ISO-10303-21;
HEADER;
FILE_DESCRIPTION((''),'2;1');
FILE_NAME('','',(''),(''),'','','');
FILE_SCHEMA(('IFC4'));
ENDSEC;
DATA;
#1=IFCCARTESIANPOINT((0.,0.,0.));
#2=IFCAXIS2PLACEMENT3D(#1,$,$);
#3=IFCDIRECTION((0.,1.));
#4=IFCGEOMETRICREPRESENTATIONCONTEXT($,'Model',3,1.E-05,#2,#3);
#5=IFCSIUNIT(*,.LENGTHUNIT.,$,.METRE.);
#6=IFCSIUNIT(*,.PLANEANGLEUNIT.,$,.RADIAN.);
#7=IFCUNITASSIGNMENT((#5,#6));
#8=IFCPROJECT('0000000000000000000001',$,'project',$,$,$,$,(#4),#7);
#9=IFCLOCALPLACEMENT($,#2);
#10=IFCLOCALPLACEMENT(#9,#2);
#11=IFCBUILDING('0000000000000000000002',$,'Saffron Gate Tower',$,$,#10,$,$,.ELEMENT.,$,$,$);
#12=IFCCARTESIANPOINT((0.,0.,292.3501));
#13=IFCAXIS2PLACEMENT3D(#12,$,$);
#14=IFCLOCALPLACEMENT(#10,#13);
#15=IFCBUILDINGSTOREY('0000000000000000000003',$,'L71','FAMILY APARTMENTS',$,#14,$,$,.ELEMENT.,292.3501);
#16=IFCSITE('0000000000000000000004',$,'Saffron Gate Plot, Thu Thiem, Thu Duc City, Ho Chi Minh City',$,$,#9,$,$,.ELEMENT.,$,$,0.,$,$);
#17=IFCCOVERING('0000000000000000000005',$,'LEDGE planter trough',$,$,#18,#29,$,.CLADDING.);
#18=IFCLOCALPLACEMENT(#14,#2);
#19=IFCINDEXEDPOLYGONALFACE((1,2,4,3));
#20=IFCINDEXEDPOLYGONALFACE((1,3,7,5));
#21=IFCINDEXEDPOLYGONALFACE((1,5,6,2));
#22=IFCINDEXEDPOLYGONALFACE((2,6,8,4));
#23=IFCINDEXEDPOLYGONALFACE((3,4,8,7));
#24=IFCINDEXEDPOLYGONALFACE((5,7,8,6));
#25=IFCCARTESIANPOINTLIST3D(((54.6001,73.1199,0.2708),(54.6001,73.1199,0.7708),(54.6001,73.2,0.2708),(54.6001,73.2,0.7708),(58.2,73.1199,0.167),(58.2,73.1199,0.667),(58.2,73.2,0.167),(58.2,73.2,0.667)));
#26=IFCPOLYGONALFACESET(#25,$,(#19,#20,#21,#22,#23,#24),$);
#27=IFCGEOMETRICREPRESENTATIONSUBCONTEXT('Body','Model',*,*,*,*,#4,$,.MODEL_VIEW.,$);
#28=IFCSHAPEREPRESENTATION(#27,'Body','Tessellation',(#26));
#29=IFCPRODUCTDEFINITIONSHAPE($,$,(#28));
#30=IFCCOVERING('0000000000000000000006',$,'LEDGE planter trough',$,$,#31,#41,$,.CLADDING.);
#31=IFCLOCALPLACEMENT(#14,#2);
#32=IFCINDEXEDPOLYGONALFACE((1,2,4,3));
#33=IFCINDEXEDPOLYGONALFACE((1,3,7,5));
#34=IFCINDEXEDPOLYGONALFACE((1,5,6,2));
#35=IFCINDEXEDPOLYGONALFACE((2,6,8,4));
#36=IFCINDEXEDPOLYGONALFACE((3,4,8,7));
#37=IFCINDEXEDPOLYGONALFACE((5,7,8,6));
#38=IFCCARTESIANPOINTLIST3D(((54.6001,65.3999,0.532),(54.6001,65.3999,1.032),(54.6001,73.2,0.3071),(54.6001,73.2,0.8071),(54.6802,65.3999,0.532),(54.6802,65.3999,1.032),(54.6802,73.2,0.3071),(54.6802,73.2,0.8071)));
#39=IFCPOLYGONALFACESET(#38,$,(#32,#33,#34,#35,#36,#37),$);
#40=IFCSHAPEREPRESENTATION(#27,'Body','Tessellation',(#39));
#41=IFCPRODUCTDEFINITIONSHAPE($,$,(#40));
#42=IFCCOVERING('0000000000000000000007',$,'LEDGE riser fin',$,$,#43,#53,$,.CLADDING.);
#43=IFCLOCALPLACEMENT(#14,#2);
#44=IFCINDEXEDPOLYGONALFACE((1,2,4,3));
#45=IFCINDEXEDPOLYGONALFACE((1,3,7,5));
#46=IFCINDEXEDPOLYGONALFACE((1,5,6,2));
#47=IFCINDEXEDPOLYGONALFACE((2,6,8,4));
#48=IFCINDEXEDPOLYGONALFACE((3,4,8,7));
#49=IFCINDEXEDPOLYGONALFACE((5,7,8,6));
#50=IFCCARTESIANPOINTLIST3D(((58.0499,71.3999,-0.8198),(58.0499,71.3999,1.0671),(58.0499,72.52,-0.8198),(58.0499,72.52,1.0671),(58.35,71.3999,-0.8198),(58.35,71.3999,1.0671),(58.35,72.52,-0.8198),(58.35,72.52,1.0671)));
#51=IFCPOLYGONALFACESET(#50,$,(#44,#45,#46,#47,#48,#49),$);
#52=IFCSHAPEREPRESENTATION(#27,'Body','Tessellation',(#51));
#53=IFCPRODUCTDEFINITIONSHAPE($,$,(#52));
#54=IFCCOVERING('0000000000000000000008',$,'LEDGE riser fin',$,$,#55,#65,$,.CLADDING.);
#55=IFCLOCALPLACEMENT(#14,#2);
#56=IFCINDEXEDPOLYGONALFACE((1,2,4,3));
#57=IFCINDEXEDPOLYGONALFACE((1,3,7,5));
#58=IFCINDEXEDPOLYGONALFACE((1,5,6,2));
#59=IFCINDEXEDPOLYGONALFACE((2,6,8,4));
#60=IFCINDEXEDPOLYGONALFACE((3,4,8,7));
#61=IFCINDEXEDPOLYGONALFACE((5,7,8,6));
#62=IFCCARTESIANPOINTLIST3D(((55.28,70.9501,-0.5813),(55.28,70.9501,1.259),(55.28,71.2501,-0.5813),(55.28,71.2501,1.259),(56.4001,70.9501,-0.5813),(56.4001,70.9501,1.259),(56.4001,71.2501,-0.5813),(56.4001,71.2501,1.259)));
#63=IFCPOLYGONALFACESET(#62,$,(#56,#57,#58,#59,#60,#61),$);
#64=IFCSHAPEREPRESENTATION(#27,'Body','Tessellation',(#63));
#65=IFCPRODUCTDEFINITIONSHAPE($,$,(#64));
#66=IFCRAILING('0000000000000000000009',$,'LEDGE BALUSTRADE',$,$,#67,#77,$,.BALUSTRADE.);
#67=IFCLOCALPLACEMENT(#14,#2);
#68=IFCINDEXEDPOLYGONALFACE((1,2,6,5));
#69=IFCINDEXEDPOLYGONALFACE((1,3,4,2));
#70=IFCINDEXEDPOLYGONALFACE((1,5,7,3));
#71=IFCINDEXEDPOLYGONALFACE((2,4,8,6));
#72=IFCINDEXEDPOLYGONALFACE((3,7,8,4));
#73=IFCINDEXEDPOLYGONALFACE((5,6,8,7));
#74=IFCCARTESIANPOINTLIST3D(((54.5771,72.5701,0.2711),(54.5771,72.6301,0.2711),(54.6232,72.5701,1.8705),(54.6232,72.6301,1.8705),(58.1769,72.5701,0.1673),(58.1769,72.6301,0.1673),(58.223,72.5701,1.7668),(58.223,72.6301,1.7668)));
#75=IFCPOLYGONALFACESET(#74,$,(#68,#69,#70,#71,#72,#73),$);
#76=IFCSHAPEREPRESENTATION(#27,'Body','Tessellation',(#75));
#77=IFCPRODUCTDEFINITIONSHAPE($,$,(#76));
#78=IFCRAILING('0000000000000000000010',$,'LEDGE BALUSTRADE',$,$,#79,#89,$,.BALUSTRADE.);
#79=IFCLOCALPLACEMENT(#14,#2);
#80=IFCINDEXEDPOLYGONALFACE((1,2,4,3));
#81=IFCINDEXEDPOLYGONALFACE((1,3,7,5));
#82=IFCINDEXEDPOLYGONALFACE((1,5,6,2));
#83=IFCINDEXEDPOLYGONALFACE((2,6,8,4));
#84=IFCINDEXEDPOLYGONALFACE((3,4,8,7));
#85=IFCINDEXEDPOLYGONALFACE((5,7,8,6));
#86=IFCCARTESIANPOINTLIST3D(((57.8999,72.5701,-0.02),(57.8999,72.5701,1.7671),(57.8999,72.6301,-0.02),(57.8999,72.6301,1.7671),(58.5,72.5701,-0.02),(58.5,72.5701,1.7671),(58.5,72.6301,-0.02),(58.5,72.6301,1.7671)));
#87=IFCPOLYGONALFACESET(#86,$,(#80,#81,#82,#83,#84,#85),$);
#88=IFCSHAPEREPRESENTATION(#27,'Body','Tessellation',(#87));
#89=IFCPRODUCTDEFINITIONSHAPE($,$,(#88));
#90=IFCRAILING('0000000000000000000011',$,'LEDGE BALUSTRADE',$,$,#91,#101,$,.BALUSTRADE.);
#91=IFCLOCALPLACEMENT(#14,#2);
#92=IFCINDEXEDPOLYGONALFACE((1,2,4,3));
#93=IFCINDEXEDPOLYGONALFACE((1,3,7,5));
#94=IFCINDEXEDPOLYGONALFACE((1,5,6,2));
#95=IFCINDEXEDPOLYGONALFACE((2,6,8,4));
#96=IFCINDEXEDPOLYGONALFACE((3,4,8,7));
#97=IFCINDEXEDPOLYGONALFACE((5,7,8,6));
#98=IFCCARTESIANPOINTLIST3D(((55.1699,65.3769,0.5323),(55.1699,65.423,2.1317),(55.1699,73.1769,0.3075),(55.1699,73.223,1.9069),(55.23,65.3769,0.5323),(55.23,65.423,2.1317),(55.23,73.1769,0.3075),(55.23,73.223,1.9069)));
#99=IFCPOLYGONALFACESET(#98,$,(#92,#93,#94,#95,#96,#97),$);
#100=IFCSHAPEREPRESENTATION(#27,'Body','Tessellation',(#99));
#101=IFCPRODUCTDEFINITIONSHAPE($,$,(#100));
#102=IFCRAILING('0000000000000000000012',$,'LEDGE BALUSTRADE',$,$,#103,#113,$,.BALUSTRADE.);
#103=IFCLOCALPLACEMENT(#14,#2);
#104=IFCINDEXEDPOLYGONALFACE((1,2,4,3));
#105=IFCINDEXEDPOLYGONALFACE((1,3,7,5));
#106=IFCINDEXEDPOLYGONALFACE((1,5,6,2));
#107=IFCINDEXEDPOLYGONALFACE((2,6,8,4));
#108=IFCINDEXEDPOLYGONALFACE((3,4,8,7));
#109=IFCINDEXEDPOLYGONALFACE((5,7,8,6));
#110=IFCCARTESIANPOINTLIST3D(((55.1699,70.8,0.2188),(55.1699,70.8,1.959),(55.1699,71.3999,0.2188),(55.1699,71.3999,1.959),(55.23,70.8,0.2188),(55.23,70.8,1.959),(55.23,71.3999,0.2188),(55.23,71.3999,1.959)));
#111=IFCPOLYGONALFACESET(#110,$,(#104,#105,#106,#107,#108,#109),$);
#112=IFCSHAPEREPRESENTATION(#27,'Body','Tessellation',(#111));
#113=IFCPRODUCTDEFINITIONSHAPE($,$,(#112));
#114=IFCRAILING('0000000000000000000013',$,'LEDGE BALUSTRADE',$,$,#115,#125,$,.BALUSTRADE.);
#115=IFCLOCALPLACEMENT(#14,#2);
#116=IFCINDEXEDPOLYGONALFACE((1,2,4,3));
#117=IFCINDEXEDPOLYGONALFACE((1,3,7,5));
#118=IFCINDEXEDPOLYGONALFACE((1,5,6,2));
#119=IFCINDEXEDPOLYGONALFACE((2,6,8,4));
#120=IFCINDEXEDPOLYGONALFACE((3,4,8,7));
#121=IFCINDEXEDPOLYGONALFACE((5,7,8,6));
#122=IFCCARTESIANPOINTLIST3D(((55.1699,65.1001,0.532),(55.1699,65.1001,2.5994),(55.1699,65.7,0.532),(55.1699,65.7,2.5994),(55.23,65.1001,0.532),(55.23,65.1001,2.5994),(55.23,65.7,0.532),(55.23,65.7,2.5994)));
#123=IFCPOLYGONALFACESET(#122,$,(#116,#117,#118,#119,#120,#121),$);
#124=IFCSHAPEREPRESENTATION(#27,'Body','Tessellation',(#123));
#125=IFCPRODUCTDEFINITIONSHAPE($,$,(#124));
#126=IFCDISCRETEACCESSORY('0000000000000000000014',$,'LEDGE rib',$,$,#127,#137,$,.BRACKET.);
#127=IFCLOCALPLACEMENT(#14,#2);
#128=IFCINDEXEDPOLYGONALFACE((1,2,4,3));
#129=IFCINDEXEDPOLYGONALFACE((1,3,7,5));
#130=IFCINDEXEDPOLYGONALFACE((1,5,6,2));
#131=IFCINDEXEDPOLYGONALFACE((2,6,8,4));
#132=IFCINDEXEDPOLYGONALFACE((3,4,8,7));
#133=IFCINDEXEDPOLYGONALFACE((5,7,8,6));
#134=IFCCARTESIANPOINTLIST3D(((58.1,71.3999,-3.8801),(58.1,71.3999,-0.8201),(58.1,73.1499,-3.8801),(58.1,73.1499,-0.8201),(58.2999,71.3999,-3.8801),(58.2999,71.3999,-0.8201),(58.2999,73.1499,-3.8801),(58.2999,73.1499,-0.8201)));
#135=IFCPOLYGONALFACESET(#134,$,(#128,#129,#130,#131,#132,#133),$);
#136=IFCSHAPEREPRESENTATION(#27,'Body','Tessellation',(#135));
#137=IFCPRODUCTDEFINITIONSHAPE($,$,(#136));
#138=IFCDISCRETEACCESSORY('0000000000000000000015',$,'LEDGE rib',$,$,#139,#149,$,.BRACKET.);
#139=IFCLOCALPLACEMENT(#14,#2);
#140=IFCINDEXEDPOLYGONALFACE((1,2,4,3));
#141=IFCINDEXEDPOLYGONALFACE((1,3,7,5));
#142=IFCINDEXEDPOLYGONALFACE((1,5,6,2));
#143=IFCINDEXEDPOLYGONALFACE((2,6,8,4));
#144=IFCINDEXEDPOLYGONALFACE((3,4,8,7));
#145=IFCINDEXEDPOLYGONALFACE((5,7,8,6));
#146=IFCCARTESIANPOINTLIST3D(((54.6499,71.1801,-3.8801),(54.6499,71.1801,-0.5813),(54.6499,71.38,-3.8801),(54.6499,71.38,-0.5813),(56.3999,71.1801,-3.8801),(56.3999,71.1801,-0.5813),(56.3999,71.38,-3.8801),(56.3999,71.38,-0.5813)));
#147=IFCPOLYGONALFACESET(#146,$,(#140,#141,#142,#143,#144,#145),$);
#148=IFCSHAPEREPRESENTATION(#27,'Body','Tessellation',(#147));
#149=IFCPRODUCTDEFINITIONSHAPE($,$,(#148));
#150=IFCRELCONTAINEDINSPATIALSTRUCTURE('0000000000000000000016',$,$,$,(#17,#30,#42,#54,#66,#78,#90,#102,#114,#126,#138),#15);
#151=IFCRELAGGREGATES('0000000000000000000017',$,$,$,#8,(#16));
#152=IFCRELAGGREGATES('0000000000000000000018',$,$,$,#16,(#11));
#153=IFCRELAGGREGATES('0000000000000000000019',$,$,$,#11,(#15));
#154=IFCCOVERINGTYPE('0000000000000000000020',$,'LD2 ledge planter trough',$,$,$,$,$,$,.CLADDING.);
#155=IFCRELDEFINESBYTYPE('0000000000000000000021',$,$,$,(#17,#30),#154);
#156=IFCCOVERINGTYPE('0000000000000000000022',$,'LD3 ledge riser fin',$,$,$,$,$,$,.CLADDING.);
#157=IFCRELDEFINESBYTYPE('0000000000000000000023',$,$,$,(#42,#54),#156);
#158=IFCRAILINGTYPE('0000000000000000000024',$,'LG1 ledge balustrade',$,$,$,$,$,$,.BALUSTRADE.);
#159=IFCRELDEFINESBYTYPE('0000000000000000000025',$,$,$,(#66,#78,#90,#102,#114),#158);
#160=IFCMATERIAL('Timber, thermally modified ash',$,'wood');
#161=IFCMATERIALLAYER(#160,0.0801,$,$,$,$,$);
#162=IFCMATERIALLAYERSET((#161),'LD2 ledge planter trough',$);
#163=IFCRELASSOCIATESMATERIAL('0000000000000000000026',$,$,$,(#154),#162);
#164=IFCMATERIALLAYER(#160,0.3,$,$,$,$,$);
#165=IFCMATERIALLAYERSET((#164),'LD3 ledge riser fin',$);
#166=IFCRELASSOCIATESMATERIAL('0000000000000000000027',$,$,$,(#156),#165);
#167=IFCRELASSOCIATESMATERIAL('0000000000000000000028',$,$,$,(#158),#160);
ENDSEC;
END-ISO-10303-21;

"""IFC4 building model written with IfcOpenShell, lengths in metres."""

from ifc_helpers import new_model, si_unit, direction, frame, origin, origin_2d, place, context, subcontext, project, spatial, polyline, rectangle, outline, extrude, material, layer, layer_set, type_object, element, save


model = new_model("IFC4")

# Units and contexts
model_context = context("Model", 3, precision=1e-05, world=origin(), true_north=direction((0.0, 1.0)))
body_context = subcontext(model_context, "Body", "Model", "MODEL_VIEW")
ifc_project = project(units=[si_unit("LENGTHUNIT", "METRE"), si_unit("PLANEANGLEUNIT", "RADIAN")], contexts=[model_context])

# Site, building, storey
site_placement = place(None, origin())
site = spatial("IfcSite", under=ifc_project, at=site_placement, Name="Saffron Gate Plot, Thu Thiem, Thu Duc City, Ho Chi Minh City", CompositionType="ELEMENT", RefElevation=0.0)
building_placement = place(site_placement, origin())
building = spatial("IfcBuilding", under=site, at=building_placement, Name="Saffron Gate Tower", CompositionType="ELEMENT")
storey_placement = place(building_placement, frame((0.0, 0.0, 292.3501)))
storey = spatial("IfcBuildingStorey", under=building, at=storey_placement, Name="L71", Description="FAMILY APARTMENTS", CompositionType="ELEMENT", Elevation=292.3501)

# Coverings
ifc_material_1 = material(Name="Timber, thermally modified ash", Category="wood")
ifc_layer_1 = layer(ifc_material_1, 0.0801)
ifc_layer_set_1 = layer_set([ifc_layer_1], Name="LD2 ledge planter trough")
covering_type_1 = type_object("IfcCoveringType", Name="LD2 ledge planter trough", PredefinedType="CLADDING", material=ifc_layer_set_1)
covering_1_placement = place(storey_placement, frame((58.2, 73.2, 0.167), z_axis=(0.0, 1.0, 0.0), x_axis=(-0.999585, 0.0, 0.028811)))
element("IfcCovering", 1, at=covering_1_placement, inside=storey, type_object=covering_type_1, Name="LEDGE planter trough", PredefinedType="CLADDING", context=body_context, shape_type="SweptSolid", body=[
    extrude(outline(polyline([(0.0, 0.0), (3.6013, 0.0), (3.6158, 0.4998), (0.0144, 0.4998), (0.0, 0.0)])), origin(), (0.0, 0.0, -1.0), 0.0801),
])
covering_2_placement = place(storey_placement, frame((54.6001, 73.2, 0.3071), z_axis=(-1.0, 0.0, 0.0), x_axis=(0.0, -0.999585, 0.028815)))
element("IfcCovering", 2, at=covering_2_placement, inside=storey, type_object=covering_type_1, Name="LEDGE planter trough", PredefinedType="CLADDING", context=body_context, shape_type="SweptSolid", body=[
    extrude(outline(polyline([(0.0, 0.0), (7.8033, 0.0), (7.8177, 0.4998), (0.0144, 0.4998), (0.0, 0.0)])), origin(), (0.0, 0.0, -1.0), 0.0801),
])
ifc_layer_2 = layer(ifc_material_1, 0.3)
ifc_layer_set_2 = layer_set([ifc_layer_2], Name="LD3 ledge riser fin")
covering_type_2 = type_object("IfcCoveringType", Name="LD3 ledge riser fin", PredefinedType="CLADDING", material=ifc_layer_set_2)
covering_3_placement = place(storey_placement, frame((58.2, 71.96, -0.8198), z_axis=(0.0, 0.0, 1.0), x_axis=(-1.0, 0.0, 0.0)))
element("IfcCovering", 3, at=covering_3_placement, inside=storey, type_object=covering_type_2, Name="LEDGE riser fin", PredefinedType="CLADDING", context=body_context, shape_type="SweptSolid", body=[
    extrude(rectangle(XDim=0.3, YDim=1.1201, at=origin_2d()), origin(), (0.0, 0.0, 1.0), 1.887),
])
covering_4_placement = place(storey_placement, frame((55.8401, 71.1001, -0.5813), z_axis=(0.0, 0.0, 1.0), x_axis=(0.0, -1.0, 0.0)))
element("IfcCovering", 4, at=covering_4_placement, inside=storey, type_object=covering_type_2, Name="LEDGE riser fin", PredefinedType="CLADDING", context=body_context, shape_type="SweptSolid", body=[
    extrude(rectangle(XDim=0.3, YDim=1.1201, at=origin_2d()), origin(), (0.0, 0.0, 1.0), 1.8403),
])

# Railings
railing_type = type_object("IfcRailingType", Name="LG1 ledge balustrade", PredefinedType="BALUSTRADE", material=ifc_material_1)
railing_1_placement = place(storey_placement, frame((58.2, 72.6001, 0.167)))
element("IfcRailing", 5, at=railing_1_placement, inside=storey, type_object=railing_type, Name="LEDGE BALUSTRADE", PredefinedType="BALUSTRADE", context=body_context, shape_type="SweptSolid", body=[
    extrude(rectangle(XDim=0.0601, YDim=1.6001, at=origin_2d()), frame((0.0, 0.0, 0.8), z_axis=(-0.999585, 0.0, 0.028811), x_axis=(0.0, -1.0, 0.0)), (0.0, 0.0, 1.0), 3.6013),
])
railing_2_placement = place(storey_placement, frame((58.5, 72.6001, -0.02)))
element("IfcRailing", 6, at=railing_2_placement, inside=storey, type_object=railing_type, Name="LEDGE BALUSTRADE", PredefinedType="BALUSTRADE", context=body_context, shape_type="SweptSolid", body=[
    extrude(rectangle(XDim=0.0601, YDim=1.7871, at=origin_2d()), frame((0.0, 0.0, 0.8936), z_axis=(-1.0, 0.0, 0.0), x_axis=(0.0, -1.0, 0.0)), (0.0, 0.0, 1.0), 0.6001),
])
railing_3_placement = place(storey_placement, frame((55.2, 73.2, 0.3071)))
element("IfcRailing", 7, at=railing_3_placement, inside=storey, type_object=railing_type, Name="LEDGE BALUSTRADE", PredefinedType="BALUSTRADE", context=body_context, shape_type="SweptSolid", body=[
    extrude(rectangle(XDim=0.0601, YDim=1.6001, at=origin_2d()), frame((0.0, 0.0, 0.8), z_axis=(0.0, -0.999585, 0.028815), x_axis=(1.0, 0.0, 0.0)), (0.0, 0.0, 1.0), 7.8032),
])
railing_4_placement = place(storey_placement, frame((55.2, 71.3999, 0.2188)))
element("IfcRailing", 8, at=railing_4_placement, inside=storey, type_object=railing_type, Name="LEDGE BALUSTRADE", PredefinedType="BALUSTRADE", context=body_context, shape_type="SweptSolid", body=[
    extrude(rectangle(XDim=0.0601, YDim=1.7402, at=origin_2d()), frame((0.0, 0.0, 0.8701), z_axis=(0.0, -1.0, 0.0), x_axis=(1.0, 0.0, 0.0)), (0.0, 0.0, 1.0), 0.5999),
])
railing_5_placement = place(storey_placement, frame((55.2, 65.7, 0.532)))
element("IfcRailing", 9, at=railing_5_placement, inside=storey, type_object=railing_type, Name="LEDGE BALUSTRADE", PredefinedType="BALUSTRADE", context=body_context, shape_type="SweptSolid", body=[
    extrude(rectangle(XDim=0.0601, YDim=2.0674, at=origin_2d()), frame((0.0, 0.0, 1.0337), z_axis=(0.0, -1.0, 0.0), x_axis=(1.0, 0.0, 0.0)), (0.0, 0.0, 1.0), 0.5999),
])

# Discrete accessories
discrete_accessory_1_placement = place(storey_placement, frame((58.2, 72.2749, -3.8801), z_axis=(0.0, 0.0, 1.0), x_axis=(-1.0, 0.0, 0.0)))
element("IfcDiscreteAccessory", 10, at=discrete_accessory_1_placement, inside=storey, Name="LEDGE rib", PredefinedType="BRACKET", context=body_context, shape_type="SweptSolid", body=[
    extrude(rectangle(XDim=0.2, YDim=1.75, at=origin_2d()), origin(), (0.0, 0.0, 1.0), 3.0601),
])
discrete_accessory_2_placement = place(storey_placement, frame((55.5249, 71.28, -3.8801), z_axis=(0.0, 0.0, 1.0), x_axis=(0.0, -1.0, 0.0)))
element("IfcDiscreteAccessory", 11, at=discrete_accessory_2_placement, inside=storey, Name="LEDGE rib", PredefinedType="BRACKET", context=body_context, shape_type="SweptSolid", body=[
    extrude(rectangle(XDim=0.2, YDim=1.75, at=origin_2d()), origin(), (0.0, 0.0, 1.0), 3.2988),
])

save(model, "model.ifc")
